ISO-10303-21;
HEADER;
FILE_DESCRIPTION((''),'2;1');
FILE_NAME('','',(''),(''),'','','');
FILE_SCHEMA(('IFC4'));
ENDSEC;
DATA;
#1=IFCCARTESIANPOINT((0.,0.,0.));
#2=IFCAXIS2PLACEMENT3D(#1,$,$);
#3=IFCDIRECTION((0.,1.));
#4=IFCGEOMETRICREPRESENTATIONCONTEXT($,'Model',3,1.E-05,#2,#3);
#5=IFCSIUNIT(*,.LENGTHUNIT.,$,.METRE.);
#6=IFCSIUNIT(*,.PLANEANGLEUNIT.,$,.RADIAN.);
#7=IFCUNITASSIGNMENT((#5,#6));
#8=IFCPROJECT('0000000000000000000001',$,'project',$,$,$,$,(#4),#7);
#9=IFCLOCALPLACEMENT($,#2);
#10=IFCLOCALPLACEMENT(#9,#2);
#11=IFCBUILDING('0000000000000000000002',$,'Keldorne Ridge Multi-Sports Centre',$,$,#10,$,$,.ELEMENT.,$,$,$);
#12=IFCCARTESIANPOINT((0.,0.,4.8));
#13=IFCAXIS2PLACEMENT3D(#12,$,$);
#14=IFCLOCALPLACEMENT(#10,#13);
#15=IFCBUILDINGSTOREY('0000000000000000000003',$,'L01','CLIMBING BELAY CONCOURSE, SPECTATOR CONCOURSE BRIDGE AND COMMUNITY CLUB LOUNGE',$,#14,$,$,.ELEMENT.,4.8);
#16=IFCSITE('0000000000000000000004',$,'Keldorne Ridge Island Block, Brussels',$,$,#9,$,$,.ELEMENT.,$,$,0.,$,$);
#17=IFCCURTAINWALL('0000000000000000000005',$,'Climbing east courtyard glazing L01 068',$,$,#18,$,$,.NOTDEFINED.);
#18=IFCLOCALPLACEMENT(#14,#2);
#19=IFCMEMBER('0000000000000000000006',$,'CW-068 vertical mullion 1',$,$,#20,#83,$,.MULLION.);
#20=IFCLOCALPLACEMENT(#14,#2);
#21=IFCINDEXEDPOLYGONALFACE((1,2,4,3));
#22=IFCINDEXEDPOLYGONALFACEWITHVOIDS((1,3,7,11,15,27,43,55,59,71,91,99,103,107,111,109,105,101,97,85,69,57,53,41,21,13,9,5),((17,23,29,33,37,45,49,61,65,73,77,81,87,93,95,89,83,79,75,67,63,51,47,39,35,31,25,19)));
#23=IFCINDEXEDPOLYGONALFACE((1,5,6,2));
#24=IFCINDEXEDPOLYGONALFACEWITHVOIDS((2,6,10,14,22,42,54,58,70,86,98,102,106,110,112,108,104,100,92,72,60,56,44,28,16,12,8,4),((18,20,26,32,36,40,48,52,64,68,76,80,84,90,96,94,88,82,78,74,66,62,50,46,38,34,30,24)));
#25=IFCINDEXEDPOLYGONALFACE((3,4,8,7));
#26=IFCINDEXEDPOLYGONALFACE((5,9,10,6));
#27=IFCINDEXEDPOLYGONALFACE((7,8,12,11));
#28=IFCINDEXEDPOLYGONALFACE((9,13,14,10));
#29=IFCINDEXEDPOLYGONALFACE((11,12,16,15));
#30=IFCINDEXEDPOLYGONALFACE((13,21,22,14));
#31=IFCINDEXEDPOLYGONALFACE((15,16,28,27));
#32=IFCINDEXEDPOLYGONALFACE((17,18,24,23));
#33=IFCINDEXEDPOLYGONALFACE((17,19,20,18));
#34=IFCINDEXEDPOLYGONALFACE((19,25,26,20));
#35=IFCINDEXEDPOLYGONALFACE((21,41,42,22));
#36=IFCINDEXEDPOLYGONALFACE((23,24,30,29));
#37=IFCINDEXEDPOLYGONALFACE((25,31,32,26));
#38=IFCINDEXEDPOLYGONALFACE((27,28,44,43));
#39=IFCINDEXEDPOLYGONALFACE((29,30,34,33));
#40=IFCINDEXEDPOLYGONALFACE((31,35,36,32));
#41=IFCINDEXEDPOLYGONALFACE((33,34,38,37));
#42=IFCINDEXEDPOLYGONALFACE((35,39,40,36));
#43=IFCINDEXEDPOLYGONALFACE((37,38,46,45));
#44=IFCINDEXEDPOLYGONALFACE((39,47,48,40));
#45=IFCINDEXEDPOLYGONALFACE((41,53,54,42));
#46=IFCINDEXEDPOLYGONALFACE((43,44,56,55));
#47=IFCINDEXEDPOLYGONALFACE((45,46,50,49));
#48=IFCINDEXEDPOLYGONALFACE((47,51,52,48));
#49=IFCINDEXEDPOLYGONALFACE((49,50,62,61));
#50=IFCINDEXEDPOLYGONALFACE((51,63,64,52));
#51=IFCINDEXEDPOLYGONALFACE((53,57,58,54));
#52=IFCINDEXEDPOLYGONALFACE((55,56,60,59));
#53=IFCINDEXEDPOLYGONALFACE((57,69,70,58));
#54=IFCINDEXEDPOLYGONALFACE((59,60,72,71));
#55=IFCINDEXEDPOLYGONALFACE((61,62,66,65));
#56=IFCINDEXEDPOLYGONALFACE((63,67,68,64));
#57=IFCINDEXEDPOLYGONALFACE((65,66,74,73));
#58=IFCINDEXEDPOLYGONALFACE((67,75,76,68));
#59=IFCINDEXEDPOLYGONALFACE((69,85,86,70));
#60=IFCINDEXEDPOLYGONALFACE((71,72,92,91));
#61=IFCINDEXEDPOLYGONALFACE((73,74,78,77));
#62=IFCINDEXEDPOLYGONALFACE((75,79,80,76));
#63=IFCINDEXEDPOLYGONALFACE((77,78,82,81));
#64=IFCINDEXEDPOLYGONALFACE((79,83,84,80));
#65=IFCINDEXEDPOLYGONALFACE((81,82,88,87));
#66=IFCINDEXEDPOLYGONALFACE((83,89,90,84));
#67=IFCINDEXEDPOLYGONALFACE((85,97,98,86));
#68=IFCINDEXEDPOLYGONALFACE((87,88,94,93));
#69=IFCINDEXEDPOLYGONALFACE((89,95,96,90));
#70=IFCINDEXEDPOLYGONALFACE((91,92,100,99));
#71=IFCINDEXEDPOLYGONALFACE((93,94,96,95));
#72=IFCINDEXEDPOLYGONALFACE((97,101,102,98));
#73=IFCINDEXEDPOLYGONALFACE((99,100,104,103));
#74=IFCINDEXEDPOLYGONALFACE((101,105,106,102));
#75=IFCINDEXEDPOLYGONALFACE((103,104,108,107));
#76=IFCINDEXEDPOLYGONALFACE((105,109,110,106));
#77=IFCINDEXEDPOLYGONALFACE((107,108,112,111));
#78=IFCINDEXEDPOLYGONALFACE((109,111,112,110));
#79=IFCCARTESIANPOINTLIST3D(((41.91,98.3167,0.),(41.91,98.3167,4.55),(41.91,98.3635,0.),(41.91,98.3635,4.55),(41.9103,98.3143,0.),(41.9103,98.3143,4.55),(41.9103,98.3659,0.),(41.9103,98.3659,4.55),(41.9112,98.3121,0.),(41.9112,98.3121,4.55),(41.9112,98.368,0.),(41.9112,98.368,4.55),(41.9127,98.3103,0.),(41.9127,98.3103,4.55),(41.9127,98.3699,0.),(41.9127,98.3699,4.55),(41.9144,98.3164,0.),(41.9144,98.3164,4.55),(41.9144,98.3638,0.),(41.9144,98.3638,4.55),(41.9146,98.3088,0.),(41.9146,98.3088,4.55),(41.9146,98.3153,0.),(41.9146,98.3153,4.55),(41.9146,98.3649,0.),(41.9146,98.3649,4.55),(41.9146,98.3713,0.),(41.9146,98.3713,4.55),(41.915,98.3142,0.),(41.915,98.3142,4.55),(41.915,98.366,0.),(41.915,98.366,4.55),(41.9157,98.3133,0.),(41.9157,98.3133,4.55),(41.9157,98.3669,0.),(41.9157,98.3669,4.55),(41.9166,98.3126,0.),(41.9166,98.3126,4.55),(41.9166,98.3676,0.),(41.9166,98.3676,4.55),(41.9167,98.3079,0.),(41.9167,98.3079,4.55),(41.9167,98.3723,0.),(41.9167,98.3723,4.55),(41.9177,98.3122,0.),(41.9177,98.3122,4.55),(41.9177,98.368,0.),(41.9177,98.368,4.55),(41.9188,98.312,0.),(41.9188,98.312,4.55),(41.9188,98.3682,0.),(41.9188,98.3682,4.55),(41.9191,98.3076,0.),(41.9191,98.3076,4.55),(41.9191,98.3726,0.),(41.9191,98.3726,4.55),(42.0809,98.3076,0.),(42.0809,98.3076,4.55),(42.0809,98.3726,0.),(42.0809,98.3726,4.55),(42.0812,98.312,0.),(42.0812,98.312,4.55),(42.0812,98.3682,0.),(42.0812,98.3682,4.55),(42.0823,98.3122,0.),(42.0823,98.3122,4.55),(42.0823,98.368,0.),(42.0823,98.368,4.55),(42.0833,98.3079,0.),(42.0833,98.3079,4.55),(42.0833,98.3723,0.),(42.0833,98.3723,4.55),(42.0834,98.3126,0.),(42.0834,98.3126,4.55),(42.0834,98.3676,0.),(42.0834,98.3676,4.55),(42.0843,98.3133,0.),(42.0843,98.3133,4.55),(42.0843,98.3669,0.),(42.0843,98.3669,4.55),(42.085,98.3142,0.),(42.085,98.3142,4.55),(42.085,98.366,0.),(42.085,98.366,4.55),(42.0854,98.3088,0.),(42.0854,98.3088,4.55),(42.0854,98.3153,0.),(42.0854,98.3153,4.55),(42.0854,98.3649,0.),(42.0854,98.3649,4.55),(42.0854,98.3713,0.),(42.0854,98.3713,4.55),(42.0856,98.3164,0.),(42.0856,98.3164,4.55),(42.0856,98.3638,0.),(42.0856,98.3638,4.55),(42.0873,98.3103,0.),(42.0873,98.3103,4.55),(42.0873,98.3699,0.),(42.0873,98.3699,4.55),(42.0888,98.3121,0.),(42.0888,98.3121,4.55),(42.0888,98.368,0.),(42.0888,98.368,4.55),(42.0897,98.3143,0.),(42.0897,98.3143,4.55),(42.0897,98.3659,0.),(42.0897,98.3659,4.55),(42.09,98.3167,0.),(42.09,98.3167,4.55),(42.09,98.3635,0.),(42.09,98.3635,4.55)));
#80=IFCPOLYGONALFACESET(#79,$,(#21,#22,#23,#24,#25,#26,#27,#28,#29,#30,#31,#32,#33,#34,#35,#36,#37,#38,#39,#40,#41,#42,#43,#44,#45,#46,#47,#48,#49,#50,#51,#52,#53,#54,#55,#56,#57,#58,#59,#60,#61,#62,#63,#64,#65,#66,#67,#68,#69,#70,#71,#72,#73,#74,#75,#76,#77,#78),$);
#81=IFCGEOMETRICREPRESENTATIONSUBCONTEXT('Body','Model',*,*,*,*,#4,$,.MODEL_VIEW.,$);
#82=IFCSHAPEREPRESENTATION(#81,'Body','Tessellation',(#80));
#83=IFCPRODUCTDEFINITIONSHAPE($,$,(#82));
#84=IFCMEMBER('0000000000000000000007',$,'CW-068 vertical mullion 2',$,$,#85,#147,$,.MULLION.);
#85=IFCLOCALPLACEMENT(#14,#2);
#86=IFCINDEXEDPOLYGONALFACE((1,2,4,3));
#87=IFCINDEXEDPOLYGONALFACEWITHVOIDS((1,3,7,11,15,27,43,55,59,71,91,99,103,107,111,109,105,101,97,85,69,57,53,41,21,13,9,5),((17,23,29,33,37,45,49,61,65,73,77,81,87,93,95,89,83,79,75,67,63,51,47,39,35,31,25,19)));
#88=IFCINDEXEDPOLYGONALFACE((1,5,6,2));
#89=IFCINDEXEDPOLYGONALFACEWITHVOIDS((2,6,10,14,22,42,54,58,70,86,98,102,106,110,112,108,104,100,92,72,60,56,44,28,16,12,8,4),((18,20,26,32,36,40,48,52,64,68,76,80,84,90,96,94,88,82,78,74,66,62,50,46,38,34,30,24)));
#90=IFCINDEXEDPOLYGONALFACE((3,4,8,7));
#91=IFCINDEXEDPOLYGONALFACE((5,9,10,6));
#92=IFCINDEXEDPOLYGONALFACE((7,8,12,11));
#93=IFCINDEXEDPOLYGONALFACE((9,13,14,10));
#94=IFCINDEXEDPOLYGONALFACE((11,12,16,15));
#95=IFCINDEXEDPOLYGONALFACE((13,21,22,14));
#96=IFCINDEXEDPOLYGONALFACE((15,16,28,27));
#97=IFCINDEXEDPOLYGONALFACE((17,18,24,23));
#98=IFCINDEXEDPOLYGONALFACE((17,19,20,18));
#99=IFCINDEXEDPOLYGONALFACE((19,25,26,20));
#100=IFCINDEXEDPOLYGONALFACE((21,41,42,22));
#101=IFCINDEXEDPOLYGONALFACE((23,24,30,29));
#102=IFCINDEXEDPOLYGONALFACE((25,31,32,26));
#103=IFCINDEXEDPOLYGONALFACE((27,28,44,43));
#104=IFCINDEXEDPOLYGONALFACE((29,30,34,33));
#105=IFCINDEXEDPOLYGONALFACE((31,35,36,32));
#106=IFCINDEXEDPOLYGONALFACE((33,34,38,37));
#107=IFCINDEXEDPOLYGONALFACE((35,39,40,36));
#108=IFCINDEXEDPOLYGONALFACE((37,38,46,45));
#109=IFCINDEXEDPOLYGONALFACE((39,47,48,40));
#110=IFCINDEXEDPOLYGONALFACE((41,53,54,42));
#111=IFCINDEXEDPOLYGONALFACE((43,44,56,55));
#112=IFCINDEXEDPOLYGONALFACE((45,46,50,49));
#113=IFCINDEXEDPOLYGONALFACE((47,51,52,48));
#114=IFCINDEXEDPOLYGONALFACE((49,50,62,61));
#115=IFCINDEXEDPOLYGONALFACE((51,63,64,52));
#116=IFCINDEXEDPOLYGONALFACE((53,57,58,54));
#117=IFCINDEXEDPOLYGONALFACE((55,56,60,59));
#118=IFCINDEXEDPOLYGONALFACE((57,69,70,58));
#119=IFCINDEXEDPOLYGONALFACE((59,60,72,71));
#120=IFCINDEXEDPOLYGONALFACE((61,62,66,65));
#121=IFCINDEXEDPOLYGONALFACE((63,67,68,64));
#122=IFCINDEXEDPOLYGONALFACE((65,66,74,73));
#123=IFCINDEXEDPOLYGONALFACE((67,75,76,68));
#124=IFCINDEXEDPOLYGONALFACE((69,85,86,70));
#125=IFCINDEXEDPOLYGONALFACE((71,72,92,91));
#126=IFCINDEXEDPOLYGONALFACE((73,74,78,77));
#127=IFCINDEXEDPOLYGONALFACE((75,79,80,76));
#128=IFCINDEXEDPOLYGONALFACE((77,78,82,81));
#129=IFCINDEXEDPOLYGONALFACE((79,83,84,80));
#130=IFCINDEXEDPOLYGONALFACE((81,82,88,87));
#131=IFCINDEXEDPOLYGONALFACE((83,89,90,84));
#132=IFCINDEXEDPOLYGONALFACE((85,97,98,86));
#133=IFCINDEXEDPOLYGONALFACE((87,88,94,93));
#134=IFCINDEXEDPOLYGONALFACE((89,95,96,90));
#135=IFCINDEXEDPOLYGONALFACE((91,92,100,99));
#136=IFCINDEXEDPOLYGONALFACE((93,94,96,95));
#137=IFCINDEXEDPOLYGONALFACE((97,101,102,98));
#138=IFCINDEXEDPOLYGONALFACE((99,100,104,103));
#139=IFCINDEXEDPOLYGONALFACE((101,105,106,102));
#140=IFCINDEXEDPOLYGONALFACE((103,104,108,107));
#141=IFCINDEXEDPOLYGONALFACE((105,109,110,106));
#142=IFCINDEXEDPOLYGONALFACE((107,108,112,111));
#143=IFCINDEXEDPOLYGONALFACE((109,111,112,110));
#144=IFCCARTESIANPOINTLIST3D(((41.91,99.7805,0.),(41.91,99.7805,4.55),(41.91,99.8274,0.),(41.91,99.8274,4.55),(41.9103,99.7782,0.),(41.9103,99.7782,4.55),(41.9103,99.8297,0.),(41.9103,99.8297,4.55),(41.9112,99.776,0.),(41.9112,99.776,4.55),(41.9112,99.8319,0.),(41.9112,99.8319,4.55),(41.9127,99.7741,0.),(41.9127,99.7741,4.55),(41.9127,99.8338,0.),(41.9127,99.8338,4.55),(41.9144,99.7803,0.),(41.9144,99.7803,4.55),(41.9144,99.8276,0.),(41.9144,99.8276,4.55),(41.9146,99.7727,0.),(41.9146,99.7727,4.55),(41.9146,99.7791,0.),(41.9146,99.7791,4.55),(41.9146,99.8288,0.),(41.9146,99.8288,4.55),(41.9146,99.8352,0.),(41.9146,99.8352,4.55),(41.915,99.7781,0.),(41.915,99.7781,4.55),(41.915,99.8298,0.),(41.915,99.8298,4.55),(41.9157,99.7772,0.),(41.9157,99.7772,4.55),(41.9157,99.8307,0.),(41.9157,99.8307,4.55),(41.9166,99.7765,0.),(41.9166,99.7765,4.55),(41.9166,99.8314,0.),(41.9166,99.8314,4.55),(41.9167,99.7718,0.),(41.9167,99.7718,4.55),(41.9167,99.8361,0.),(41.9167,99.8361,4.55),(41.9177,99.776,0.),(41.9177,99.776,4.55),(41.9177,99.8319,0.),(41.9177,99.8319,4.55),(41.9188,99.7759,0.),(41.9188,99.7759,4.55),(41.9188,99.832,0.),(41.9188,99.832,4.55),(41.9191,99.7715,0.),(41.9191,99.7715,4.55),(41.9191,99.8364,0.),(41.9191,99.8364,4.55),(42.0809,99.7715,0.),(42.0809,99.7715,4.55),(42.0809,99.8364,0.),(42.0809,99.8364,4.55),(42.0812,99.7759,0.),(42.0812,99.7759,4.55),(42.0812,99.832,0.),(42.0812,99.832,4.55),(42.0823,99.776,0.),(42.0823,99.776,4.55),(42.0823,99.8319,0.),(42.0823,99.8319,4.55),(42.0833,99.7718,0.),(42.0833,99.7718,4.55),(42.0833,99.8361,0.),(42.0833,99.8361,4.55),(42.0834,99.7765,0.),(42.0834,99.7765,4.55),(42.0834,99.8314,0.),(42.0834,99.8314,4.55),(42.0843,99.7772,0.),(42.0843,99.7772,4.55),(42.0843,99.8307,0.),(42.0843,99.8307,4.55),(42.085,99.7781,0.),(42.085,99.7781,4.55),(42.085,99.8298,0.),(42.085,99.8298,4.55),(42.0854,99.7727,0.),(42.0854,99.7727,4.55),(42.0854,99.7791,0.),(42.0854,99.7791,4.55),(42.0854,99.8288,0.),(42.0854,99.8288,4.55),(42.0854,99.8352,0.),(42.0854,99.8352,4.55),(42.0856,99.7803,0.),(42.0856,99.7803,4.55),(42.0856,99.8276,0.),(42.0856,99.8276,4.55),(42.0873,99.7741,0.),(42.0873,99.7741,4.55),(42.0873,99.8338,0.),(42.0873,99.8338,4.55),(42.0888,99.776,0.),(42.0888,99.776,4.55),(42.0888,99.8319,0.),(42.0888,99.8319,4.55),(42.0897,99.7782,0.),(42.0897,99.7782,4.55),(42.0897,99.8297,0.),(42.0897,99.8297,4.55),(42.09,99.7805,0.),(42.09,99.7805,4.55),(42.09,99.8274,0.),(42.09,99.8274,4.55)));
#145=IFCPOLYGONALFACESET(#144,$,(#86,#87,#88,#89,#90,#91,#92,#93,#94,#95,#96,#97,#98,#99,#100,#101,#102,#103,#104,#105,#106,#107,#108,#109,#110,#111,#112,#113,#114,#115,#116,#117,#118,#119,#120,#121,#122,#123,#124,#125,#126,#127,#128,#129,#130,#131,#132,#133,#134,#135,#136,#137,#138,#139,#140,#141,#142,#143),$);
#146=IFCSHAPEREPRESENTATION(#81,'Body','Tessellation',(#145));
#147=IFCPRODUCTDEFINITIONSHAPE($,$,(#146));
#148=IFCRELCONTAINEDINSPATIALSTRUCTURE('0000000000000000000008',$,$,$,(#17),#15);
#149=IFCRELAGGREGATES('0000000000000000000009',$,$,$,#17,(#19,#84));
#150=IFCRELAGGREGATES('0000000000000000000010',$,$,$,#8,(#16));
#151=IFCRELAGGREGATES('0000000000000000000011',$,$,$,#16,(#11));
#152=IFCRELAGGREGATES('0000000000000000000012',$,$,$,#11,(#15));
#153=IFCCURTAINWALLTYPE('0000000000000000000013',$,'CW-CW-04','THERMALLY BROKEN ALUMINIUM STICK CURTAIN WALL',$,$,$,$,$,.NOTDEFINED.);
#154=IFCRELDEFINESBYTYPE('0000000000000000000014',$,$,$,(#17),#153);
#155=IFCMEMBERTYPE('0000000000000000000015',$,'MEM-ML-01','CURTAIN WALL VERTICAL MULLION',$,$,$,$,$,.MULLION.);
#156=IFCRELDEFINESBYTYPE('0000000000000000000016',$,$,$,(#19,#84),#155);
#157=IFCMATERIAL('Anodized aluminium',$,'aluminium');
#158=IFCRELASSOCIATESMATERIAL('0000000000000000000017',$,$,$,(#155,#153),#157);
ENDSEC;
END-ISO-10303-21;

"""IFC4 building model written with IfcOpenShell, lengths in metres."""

from ifc_helpers import new_model, si_unit, direction, frame, origin, origin_2d, place, context, subcontext, project, spatial, hollow_rectangle, extrude, material, material_profile, profile_set, type_object, element, aggregate, save


model = new_model("IFC4")

# Units and contexts
model_context = context("Model", 3, precision=1e-05, world=origin(), true_north=direction((0.0, 1.0)))
body_context = subcontext(model_context, "Body", "Model", "MODEL_VIEW")
ifc_project = project(units=[si_unit("LENGTHUNIT", "METRE"), si_unit("PLANEANGLEUNIT", "RADIAN")], contexts=[model_context])

# Site, building, storey
site_placement = place(None, origin())
site = spatial("IfcSite", under=ifc_project, at=site_placement, Name="Keldorne Ridge Island Block, Brussels", CompositionType="ELEMENT", RefElevation=0.0)
building_placement = place(site_placement, origin())
building = spatial("IfcBuilding", under=site, at=building_placement, Name="Keldorne Ridge Multi-Sports Centre", CompositionType="ELEMENT")
storey_placement = place(building_placement, frame((0.0, 0.0, 4.8)))
storey = spatial("IfcBuildingStorey", under=building, at=storey_placement, Name="L01", Description="CLIMBING BELAY CONCOURSE, SPECTATOR CONCOURSE BRIDGE AND COMMUNITY CLUB LOUNGE", CompositionType="ELEMENT", Elevation=4.8)

# Shared definitions
ifc_material_1 = material(Name="Anodized aluminium", Category="aluminium")
ifc_material_profile_1 = material_profile(ifc_material_1, hollow_rectangle(XDim=0.0649, YDim=0.1799, WallThickness=0.0044, InnerFilletRadius=0.0044, OuterFilletRadius=0.009, at=origin_2d()), Name="ALU MULLION 180x65x4.5")
ifc_profile_set_1 = profile_set([ifc_material_profile_1], Name="Anodized aluminium")
member_type_1 = type_object("IfcMemberType", Name="MEM-ML-01", Description="CURTAIN WALL VERTICAL MULLION", PredefinedType="MULLION", material=ifc_profile_set_1)

# Curtain wall, members
curtain_wall_type_1 = type_object("IfcCurtainWallType", Name="CW-CW-04", Description="THERMALLY BROKEN ALUMINIUM STICK CURTAIN WALL", PredefinedType="NOTDEFINED", material=ifc_material_1)
curtain_wall_1_placement = place(storey_placement, origin())
curtain_wall_1 = element("IfcCurtainWall", 1, at=curtain_wall_1_placement, inside=storey, type_object=curtain_wall_type_1, Name="Climbing east courtyard glazing L01 068", PredefinedType="NOTDEFINED")
member_1_placement = place(storey_placement, frame((42.0, 98.3401, 0.0), z_axis=(0.0, 0.0, 1.0), x_axis=(0.0, 1.0, 0.0)))
member_1 = element("IfcMember", 2, at=member_1_placement, type_object=member_type_1, Name="CW-068 vertical mullion 1", PredefinedType="MULLION", context=body_context, shape_type="SweptSolid", body=[
    extrude(hollow_rectangle(XDim=0.0649, YDim=0.1799, WallThickness=0.0044, InnerFilletRadius=0.0044, OuterFilletRadius=0.009, at=origin_2d()), origin(), (0.0, 0.0, 1.0), 4.55),
])
member_2_placement = place(storey_placement, frame((42.0, 99.804, 0.0), z_axis=(0.0, 0.0, 1.0), x_axis=(0.0, 1.0, 0.0)))
member_2 = element("IfcMember", 3, at=member_2_placement, type_object=member_type_1, Name="CW-068 vertical mullion 2", PredefinedType="MULLION", context=body_context, shape_type="SweptSolid", body=[
    extrude(hollow_rectangle(XDim=0.0649, YDim=0.1799, WallThickness=0.0044, InnerFilletRadius=0.0044, OuterFilletRadius=0.009, at=origin_2d()), origin(), (0.0, 0.0, 1.0), 4.55),
])

aggregate(curtain_wall_1, [member_1, member_2])

save(model, "model.ifc")
